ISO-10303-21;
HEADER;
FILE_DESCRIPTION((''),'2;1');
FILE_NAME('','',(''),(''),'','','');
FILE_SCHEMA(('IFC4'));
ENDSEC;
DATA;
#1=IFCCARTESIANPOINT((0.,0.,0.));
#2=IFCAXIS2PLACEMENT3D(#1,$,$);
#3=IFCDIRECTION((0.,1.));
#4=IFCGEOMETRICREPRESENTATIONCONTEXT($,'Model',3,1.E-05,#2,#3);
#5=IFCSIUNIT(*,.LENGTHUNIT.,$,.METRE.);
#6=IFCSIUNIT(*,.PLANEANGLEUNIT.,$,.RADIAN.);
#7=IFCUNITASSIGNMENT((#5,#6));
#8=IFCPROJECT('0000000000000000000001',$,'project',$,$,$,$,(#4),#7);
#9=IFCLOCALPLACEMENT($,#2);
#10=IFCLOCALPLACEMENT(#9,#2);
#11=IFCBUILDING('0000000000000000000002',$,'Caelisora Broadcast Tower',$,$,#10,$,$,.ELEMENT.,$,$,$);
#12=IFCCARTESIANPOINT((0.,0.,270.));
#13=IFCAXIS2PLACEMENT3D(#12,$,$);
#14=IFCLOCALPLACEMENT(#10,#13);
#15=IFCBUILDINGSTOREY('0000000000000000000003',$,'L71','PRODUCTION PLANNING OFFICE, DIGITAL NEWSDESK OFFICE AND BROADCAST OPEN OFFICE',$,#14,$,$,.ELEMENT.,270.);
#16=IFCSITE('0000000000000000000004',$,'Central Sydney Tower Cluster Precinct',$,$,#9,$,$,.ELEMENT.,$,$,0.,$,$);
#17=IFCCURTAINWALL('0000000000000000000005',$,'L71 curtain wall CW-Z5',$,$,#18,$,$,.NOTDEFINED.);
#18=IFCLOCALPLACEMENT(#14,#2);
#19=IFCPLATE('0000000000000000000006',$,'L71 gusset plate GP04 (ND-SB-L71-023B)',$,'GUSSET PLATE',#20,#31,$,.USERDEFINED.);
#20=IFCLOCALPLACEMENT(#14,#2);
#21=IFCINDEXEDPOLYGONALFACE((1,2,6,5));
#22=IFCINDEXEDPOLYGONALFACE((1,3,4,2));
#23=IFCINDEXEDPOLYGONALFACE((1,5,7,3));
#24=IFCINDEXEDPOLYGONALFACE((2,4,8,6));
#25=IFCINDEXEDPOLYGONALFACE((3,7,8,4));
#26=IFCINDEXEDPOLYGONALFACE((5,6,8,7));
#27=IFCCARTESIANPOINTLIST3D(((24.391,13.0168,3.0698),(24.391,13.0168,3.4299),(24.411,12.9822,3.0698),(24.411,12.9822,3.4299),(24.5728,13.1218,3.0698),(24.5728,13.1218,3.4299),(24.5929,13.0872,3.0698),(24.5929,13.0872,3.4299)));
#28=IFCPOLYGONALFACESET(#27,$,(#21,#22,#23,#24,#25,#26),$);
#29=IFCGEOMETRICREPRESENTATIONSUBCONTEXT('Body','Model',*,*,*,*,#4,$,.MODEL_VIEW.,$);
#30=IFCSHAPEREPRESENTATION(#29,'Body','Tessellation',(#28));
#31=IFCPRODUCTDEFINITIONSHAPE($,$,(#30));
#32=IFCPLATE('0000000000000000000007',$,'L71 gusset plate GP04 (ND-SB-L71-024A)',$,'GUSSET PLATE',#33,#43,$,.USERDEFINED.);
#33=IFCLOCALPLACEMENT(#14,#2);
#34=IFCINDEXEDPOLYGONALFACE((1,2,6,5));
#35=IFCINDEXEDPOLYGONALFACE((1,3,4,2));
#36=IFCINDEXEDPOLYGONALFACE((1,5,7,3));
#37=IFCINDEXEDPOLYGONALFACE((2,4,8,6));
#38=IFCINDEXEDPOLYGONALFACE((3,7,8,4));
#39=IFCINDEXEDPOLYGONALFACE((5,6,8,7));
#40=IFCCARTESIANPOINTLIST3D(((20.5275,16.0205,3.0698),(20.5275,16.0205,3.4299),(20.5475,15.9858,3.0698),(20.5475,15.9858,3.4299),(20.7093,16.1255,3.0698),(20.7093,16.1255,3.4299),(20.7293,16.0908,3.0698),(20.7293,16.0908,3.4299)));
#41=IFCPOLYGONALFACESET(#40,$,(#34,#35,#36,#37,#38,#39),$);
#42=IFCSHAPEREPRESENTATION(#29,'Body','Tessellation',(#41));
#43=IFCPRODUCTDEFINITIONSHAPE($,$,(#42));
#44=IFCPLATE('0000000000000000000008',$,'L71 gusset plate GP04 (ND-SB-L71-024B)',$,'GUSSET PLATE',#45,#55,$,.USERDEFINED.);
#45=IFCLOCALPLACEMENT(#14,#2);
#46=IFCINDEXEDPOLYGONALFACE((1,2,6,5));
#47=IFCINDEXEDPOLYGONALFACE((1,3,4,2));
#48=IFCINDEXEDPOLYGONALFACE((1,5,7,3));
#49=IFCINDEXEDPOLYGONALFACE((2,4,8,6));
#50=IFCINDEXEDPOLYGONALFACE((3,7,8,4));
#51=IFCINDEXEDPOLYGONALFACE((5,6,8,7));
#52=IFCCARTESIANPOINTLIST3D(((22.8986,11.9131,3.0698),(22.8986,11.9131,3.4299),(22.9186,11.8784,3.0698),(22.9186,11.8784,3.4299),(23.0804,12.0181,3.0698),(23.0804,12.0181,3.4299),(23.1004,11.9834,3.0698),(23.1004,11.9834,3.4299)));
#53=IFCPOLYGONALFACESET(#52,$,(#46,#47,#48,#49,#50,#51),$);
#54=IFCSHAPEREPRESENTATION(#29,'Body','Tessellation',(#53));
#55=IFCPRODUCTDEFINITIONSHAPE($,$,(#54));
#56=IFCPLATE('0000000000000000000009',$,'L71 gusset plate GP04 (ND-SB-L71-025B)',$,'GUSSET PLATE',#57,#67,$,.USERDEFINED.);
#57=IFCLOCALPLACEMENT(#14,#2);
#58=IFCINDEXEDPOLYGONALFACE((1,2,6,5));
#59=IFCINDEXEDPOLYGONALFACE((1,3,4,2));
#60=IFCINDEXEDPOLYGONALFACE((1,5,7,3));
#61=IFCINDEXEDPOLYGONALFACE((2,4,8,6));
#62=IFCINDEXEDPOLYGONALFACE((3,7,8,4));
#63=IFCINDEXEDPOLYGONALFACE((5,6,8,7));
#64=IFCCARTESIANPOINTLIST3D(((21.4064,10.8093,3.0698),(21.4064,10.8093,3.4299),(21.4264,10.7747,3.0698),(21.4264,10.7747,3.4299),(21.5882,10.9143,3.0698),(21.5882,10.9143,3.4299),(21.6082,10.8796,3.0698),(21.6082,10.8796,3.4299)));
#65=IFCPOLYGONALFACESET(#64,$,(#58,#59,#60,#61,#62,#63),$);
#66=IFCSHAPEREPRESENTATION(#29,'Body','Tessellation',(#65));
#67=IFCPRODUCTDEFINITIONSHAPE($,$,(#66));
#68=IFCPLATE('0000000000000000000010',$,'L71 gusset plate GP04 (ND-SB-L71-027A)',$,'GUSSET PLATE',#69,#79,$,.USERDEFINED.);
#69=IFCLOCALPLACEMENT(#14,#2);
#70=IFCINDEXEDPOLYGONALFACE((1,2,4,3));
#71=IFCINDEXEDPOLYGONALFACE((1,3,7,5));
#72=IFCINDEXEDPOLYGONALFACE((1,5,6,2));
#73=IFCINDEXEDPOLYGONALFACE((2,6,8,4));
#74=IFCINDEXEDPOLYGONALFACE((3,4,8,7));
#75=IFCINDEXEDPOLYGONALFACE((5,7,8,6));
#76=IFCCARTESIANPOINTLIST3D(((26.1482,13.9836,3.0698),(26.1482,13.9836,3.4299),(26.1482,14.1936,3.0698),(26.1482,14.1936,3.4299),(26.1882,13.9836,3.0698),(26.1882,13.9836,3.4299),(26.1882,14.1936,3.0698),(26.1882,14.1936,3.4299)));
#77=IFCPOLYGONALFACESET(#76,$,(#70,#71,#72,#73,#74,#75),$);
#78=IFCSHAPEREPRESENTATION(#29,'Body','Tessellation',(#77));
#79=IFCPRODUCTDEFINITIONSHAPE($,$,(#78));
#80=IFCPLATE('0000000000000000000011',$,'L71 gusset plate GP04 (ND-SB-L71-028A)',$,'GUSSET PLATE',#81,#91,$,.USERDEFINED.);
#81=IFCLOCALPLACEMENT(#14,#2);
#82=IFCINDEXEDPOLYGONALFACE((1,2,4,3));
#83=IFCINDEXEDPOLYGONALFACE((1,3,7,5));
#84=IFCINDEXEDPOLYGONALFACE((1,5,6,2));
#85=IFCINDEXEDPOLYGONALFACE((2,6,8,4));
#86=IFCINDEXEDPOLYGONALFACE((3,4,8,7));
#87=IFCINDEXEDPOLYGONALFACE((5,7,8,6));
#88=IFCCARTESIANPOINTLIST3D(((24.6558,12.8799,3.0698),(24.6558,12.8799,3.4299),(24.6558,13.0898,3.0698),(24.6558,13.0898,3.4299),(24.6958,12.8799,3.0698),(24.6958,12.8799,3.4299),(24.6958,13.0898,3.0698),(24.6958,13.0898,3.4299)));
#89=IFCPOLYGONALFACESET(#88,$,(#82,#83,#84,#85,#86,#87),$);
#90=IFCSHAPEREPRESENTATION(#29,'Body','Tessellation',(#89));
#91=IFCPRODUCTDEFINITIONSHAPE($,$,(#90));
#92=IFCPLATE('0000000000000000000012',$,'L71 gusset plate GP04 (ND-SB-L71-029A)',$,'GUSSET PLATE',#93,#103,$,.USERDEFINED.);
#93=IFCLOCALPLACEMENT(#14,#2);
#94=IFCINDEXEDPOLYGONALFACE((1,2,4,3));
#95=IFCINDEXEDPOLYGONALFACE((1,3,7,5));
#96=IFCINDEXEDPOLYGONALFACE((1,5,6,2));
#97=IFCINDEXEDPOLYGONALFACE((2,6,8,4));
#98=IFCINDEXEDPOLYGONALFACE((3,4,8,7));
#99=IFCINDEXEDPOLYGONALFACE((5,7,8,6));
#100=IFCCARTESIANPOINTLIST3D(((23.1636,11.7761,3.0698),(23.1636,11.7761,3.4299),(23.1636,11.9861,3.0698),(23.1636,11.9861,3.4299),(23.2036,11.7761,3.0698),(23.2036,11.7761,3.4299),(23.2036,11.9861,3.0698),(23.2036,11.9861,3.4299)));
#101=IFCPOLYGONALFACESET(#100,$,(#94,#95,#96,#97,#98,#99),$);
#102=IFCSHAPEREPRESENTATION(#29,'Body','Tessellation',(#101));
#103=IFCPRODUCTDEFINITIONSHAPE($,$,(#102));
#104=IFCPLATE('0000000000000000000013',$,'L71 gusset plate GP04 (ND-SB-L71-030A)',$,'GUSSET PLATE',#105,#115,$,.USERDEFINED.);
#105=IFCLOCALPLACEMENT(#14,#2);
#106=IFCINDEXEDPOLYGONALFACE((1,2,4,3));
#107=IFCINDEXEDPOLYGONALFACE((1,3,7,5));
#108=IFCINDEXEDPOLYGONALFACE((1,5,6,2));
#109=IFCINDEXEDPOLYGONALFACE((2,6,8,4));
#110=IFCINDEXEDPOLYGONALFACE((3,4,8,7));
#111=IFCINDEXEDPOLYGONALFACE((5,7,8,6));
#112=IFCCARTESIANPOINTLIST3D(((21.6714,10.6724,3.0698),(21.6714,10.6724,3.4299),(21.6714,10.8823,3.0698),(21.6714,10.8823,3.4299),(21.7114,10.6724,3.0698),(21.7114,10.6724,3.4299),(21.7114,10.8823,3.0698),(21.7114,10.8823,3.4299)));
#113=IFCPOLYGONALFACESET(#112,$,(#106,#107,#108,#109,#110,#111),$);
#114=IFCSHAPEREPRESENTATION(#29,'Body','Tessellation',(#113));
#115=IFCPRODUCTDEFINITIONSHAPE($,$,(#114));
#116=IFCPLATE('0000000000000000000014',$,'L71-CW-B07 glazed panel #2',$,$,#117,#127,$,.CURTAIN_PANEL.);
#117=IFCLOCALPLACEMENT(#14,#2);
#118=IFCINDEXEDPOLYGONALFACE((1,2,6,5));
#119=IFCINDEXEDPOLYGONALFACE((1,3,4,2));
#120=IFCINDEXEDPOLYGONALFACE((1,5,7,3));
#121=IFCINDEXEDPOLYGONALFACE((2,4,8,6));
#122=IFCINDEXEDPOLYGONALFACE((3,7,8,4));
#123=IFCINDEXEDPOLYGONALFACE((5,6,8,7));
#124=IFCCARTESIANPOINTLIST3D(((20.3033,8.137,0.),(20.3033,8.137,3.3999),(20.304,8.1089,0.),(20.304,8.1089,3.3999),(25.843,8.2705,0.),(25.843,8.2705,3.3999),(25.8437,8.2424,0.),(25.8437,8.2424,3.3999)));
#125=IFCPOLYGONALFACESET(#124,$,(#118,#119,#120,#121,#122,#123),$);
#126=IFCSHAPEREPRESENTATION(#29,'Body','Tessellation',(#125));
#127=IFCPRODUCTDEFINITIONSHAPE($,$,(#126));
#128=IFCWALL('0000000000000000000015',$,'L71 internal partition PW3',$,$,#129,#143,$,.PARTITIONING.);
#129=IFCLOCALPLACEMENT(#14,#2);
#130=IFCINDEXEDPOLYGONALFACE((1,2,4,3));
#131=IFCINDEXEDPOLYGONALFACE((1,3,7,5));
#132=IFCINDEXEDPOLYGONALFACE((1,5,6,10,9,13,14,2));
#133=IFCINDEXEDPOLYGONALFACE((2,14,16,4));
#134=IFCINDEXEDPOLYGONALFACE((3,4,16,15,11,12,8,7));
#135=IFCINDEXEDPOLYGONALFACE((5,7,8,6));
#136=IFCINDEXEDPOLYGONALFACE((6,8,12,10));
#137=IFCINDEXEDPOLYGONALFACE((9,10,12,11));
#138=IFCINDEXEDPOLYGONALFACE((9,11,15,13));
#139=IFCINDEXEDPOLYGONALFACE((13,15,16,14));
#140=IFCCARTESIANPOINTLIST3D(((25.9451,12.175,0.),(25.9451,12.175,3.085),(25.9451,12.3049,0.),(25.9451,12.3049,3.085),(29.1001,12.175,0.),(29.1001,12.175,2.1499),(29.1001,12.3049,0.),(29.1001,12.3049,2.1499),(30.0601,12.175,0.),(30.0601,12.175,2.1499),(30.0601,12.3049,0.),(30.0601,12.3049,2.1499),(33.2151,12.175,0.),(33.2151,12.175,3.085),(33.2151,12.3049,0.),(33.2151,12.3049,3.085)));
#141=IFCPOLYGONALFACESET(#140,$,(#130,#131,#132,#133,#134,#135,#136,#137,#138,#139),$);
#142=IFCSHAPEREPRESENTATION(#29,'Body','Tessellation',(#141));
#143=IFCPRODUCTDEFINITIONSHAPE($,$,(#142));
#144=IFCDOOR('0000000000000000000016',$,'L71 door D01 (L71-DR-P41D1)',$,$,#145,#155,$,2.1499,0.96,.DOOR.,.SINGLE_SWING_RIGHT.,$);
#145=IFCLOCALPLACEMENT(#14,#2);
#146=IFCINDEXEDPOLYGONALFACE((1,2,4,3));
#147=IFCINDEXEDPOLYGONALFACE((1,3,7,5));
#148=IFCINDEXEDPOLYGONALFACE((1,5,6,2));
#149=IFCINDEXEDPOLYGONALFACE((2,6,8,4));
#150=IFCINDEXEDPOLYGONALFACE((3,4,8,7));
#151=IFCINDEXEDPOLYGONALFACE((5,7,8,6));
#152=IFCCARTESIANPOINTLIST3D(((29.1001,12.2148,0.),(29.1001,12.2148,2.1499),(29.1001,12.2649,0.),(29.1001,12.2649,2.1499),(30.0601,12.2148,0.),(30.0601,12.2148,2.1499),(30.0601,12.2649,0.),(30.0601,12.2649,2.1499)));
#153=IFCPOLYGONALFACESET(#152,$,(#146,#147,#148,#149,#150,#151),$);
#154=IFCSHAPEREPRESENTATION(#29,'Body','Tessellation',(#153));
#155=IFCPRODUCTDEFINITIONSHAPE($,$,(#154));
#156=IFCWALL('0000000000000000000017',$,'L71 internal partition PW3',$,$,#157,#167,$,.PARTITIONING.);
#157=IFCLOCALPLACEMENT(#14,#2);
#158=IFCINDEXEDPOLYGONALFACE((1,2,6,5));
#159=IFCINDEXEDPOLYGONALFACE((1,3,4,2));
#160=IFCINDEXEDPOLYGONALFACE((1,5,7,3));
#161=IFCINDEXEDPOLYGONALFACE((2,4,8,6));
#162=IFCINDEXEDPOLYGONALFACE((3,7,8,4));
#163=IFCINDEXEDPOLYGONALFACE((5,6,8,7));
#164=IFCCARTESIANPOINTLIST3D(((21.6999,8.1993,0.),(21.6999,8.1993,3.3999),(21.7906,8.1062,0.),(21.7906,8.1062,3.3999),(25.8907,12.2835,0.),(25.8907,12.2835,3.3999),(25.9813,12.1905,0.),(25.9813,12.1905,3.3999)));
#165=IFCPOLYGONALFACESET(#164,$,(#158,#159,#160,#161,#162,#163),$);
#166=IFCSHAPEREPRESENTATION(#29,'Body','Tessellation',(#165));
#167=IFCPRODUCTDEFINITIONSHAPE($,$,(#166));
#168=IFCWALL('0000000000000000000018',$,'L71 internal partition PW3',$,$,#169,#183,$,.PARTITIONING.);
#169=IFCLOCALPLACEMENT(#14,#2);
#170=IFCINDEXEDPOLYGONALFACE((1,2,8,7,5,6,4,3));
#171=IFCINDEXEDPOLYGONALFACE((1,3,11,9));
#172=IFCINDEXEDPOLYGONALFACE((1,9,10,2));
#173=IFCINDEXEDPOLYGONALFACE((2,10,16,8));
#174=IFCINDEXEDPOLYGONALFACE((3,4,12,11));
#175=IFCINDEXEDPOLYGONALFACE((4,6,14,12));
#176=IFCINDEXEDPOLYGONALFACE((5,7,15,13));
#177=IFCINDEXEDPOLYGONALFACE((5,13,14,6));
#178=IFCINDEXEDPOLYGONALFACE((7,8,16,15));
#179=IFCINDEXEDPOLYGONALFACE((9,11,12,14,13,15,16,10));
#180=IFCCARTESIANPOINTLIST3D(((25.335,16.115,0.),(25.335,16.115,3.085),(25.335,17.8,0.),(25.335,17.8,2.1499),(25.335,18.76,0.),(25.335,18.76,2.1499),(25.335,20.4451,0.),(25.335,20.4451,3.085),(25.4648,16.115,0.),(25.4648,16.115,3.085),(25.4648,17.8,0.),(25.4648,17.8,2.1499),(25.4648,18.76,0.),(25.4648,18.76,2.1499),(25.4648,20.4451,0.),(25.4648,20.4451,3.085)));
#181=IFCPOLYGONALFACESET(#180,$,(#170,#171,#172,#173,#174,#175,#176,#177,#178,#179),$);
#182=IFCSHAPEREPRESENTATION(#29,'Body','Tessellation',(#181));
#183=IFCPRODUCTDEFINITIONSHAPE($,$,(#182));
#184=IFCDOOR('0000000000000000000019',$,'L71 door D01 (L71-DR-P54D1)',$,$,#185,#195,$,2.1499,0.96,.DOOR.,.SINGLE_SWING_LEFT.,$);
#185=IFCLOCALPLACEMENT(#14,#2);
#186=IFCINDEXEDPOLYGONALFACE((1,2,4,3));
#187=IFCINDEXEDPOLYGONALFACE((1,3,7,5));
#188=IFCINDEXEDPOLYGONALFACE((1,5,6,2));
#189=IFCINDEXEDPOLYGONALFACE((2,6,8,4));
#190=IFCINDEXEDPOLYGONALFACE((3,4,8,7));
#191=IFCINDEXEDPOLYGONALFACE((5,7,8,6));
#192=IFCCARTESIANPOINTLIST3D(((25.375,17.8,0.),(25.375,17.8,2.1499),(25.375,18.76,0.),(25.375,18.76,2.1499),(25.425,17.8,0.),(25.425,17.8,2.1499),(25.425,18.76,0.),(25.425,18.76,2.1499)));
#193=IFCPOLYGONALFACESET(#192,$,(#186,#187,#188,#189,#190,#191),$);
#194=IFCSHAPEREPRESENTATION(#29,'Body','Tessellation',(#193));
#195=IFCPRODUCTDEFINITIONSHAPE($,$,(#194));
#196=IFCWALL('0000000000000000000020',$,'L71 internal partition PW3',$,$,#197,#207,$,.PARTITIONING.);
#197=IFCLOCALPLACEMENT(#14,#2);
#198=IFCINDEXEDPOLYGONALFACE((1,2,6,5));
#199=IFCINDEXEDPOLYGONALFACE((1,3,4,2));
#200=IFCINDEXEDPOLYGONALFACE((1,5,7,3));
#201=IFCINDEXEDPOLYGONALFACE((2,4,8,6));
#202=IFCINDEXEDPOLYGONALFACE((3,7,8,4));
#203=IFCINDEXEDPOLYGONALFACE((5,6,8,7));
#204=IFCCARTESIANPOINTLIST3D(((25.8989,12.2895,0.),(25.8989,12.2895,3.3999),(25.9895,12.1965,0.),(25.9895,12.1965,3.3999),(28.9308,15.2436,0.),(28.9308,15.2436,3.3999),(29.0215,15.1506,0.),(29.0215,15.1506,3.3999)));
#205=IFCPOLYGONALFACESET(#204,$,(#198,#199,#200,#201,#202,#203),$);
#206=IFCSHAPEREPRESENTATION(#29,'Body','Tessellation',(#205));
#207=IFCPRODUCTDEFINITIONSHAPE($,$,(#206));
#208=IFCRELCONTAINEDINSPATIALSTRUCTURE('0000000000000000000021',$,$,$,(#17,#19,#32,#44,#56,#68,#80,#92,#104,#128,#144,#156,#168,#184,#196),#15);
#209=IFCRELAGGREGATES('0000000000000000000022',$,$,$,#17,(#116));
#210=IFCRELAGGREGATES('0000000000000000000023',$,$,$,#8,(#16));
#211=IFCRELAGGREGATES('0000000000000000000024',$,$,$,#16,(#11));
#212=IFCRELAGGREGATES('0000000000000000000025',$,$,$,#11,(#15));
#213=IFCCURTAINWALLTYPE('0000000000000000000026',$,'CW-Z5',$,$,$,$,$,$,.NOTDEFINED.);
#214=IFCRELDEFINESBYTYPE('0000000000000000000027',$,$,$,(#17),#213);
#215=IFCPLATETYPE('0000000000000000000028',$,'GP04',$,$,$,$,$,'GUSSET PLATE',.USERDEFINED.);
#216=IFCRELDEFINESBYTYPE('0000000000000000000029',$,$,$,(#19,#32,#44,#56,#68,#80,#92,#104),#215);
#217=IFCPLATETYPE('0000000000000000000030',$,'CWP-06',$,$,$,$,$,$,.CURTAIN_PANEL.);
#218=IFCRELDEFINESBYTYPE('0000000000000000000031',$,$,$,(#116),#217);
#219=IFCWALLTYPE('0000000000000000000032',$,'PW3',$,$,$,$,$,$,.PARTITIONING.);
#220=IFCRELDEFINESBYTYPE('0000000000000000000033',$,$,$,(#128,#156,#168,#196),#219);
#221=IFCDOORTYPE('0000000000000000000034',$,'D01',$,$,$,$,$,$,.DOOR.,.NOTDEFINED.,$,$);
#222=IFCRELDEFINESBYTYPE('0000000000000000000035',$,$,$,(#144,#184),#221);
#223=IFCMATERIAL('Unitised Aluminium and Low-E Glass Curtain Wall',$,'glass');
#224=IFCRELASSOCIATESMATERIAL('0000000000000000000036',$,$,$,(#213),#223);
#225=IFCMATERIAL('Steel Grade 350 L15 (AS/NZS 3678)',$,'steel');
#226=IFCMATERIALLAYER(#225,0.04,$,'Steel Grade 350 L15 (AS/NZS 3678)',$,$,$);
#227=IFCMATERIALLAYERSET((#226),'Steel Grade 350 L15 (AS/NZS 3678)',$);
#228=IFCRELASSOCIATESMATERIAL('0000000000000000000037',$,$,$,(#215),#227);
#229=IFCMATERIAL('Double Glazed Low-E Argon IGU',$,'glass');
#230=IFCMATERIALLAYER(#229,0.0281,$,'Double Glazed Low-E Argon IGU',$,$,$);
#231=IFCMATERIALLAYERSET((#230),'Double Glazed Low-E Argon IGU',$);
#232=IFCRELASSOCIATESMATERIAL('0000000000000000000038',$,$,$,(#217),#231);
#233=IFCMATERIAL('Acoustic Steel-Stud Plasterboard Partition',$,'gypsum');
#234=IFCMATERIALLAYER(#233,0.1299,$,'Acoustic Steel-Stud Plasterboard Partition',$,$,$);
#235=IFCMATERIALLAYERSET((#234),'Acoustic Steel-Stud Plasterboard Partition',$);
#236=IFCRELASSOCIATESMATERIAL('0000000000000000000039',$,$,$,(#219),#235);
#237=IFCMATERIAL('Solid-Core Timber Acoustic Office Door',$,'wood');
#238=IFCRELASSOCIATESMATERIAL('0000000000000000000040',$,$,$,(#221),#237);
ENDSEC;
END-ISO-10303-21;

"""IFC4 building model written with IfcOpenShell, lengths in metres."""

from ifc_helpers import new_model, si_unit, direction, frame, frame_2d, origin, origin_2d, place, context, subcontext, project, spatial, rectangle, extrude, source, transform, mapped, material, layer, layer_set, type_object, type_shapes, element, fill, aggregate, save


model = new_model("IFC4")

# Units and contexts
model_context = context("Model", 3, precision=1e-05, world=origin(), true_north=direction((0.0, 1.0)))
body_context = subcontext(model_context, "Body", "Model", "MODEL_VIEW")
ifc_project = project(units=[si_unit("LENGTHUNIT", "METRE"), si_unit("PLANEANGLEUNIT", "RADIAN")], contexts=[model_context])

# Site, building, storey
site_placement = place(None, origin())
site = spatial("IfcSite", under=ifc_project, at=site_placement, Name="Central Sydney Tower Cluster Precinct", CompositionType="ELEMENT", RefElevation=0.0)
building_placement = place(site_placement, origin())
building = spatial("IfcBuilding", under=site, at=building_placement, Name="Caelisora Broadcast Tower", CompositionType="ELEMENT")
storey_placement = place(building_placement, frame((0.0, 0.0, 270.0)))
storey = spatial("IfcBuildingStorey", under=building, at=storey_placement, Name="L71", Description="PRODUCTION PLANNING OFFICE, DIGITAL NEWSDESK OFFICE AND BROADCAST OPEN OFFICE", CompositionType="ELEMENT", Elevation=270.0)

# Curtain wall
ifc_material_1 = material(Name="Unitised Aluminium and Low-E Glass Curtain Wall", Category="glass")
curtain_wall_type = type_object("IfcCurtainWallType", Name="CW-Z5", PredefinedType="NOTDEFINED", material=ifc_material_1)
curtain_wall_placement = place(storey_placement, origin())
curtain_wall = element("IfcCurtainWall", 1, at=curtain_wall_placement, inside=storey, type_object=curtain_wall_type, Name="L71 curtain wall CW-Z5", PredefinedType="NOTDEFINED")

# Plates
ifc_material_2 = material(Name="Steel Grade 350 L15 (AS/NZS 3678)", Category="steel")
ifc_layer_1 = layer(ifc_material_2, 0.04, Name="Steel Grade 350 L15 (AS/NZS 3678)")
ifc_layer_set_1 = layer_set([ifc_layer_1], Name="Steel Grade 350 L15 (AS/NZS 3678)")
plate_type_1 = type_object("IfcPlateType", Name="GP04", ElementType="GUSSET PLATE", PredefinedType="USERDEFINED", material=ifc_layer_set_1)
shared_shape_1 = source(origin(), body_context, "Body", "SweptSolid", [
    extrude(rectangle(XDim=0.21, YDim=0.04, at=origin_2d()), origin(), (0.0, 0.0, 1.0), 0.3601),
])
type_shapes(plate_type_1, [shared_shape_1])
for number, where, z_axis, x_axis, name in (
    (2, (24.4919, 13.052, 3.0698), (0.0, 0.0, 1.0), (0.866025, 0.5, 0.0), "L71 gusset plate GP04 (ND-SB-L71-023B)"),
    (3, (20.6284, 16.0557, 3.0698), (0.0, 0.0, 1.0), (0.866025, 0.5, 0.0), "L71 gusset plate GP04 (ND-SB-L71-024A)"),
    (4, (22.9995, 11.9482, 3.0698), (0.0, 0.0, 1.0), (0.866025, 0.5, 0.0), "L71 gusset plate GP04 (ND-SB-L71-024B)"),
    (5, (21.5073, 10.8445, 3.0698), (0.0, 0.0, 1.0), (0.866025, 0.5, 0.0), "L71 gusset plate GP04 (ND-SB-L71-025B)"),
    (6, (26.1682, 14.0886, 3.0698), (0.0, 0.0, 1.0), (0.0, 1.0, 0.0), "L71 gusset plate GP04 (ND-SB-L71-027A)"),
    (7, (24.6758, 12.9849, 3.0698), (0.0, 0.0, 1.0), (0.0, 1.0, 0.0), "L71 gusset plate GP04 (ND-SB-L71-028A)"),
    (8, (23.1836, 11.8811, 3.0698), (0.0, 0.0, 1.0), (0.0, 1.0, 0.0), "L71 gusset plate GP04 (ND-SB-L71-029A)"),
    (9, (21.6914, 10.7773, 3.0698), (0.0, 0.0, 1.0), (0.0, 1.0, 0.0), "L71 gusset plate GP04 (ND-SB-L71-030A)"),
):
    element("IfcPlate", number, at=place(storey_placement, frame(where, z_axis=z_axis, x_axis=x_axis)), inside=storey, type_object=plate_type_1, Name=name, ObjectType="GUSSET PLATE", PredefinedType="USERDEFINED", context=body_context, shape_type="MappedRepresentation", body=[
        mapped(shared_shape_1, transform((0.0, 0.0, 0.0), scale=1.0)),
    ])

# Plate
ifc_material_3 = material(Name="Double Glazed Low-E Argon IGU", Category="glass")
ifc_layer_2 = layer(ifc_material_3, 0.0281, Name="Double Glazed Low-E Argon IGU")
ifc_layer_set_2 = layer_set([ifc_layer_2], Name="Double Glazed Low-E Argon IGU")
plate_type_2 = type_object("IfcPlateType", Name="CWP-06", PredefinedType="CURTAIN_PANEL", material=ifc_layer_set_2)
shared_shape_2 = source(origin(), body_context, "Body", "SweptSolid", [
    extrude(rectangle(XDim=5.5413, YDim=0.0281, at=origin_2d()), origin(), (0.0, 0.0, 1.0), 3.3999),
])
type_shapes(plate_type_2, [shared_shape_2])
plate_placement = place(storey_placement, frame((23.0735, 8.1897, 0.0), z_axis=(0.0, 0.0, 1.0), x_axis=(-0.99971, -0.024083, 0.0)))
plate = element("IfcPlate", 10, at=plate_placement, type_object=plate_type_2, Name="L71-CW-B07 glazed panel #2", PredefinedType="CURTAIN_PANEL", context=body_context, shape_type="MappedRepresentation", body=[
    mapped(shared_shape_2, transform((0.0, 0.0, 0.0), scale=1.0)),
])
aggregate(curtain_wall, [plate])

# Wall, opening, door
ifc_material_4 = material(Name="Acoustic Steel-Stud Plasterboard Partition", Category="gypsum")
ifc_layer_3 = layer(ifc_material_4, 0.1299, Name="Acoustic Steel-Stud Plasterboard Partition")
ifc_layer_set_3 = layer_set([ifc_layer_3], Name="Acoustic Steel-Stud Plasterboard Partition")
wall_type = type_object("IfcWallType", Name="PW3", PredefinedType="PARTITIONING", material=ifc_layer_set_3)
wall_1_placement = place(storey_placement, frame((25.9451, 12.24, 0.0), z_axis=(0.0, 0.0, 1.0), x_axis=(1.0, 0.0, 0.0)))
wall_1 = element("IfcWall", 11, at=wall_1_placement, inside=storey, type_object=wall_type, Name="L71 internal partition PW3", PredefinedType="PARTITIONING", context=body_context, shape_type="SweptSolid", body=[
    extrude(rectangle(XDim=7.27, YDim=0.1299, at=frame_2d((3.635, 0.0))), origin(), (0.0, 0.0, 1.0), 3.085),
])
opening_1_placement = place(wall_1_placement, frame((3.155, 0.0, 0.0)))
opening_1 = element("IfcOpeningElement", 12, at=opening_1_placement, cuts=wall_1, PredefinedType="OPENING", context=body_context, shape_type="SweptSolid", body=[
    extrude(rectangle(XDim=0.96, YDim=2.1499, at=frame_2d((0.48, 1.075))), frame((0.0, 0.0769, 0.0), z_axis=(0.0, -1.0, 0.0), x_axis=(1.0, 0.0, 0.0)), (0.0, 0.0, 1.0), 0.1538),
])
ifc_material_5 = material(Name="Solid-Core Timber Acoustic Office Door", Category="wood")
door_type = type_object("IfcDoorType", Name="D01", OperationType="NOTDEFINED", PredefinedType="DOOR", material=ifc_material_5)
door_1_placement = place(opening_1_placement, origin())
door_1 = element("IfcDoor", 13, at=door_1_placement, inside=storey, type_object=door_type, Name="L71 door D01 (L71-DR-P41D1)", OperationType="SINGLE_SWING_RIGHT", OverallHeight=2.1499, OverallWidth=0.96, PredefinedType="DOOR", context=body_context, shape_type="SweptSolid", body=[
    extrude(rectangle(XDim=0.96, YDim=2.1499, at=frame_2d((0.48, 1.075))), frame((0.0, 0.0249, 0.0), z_axis=(0.0, -1.0, 0.0), x_axis=(1.0, 0.0, 0.0)), (0.0, 0.0, 1.0), 0.05),
])
fill(opening_1, door_1)

# Wall
wall_2_placement = place(storey_placement, frame((21.7454, 8.1528, 0.0), z_axis=(0.0, 0.0, 1.0), x_axis=(0.716143, 0.697953, 0.0)))
element("IfcWall", 14, at=wall_2_placement, inside=storey, type_object=wall_type, Name="L71 internal partition PW3", PredefinedType="PARTITIONING", context=body_context, shape_type="SweptSolid", body=[
    extrude(rectangle(XDim=5.8518, YDim=0.1299, at=frame_2d((2.9258, 0.0))), origin(), (0.0, 0.0, 1.0), 3.3999),
])

# Wall, opening, door
wall_3_placement = place(storey_placement, frame((25.3999, 16.115, 0.0), z_axis=(0.0, 0.0, 1.0), x_axis=(0.0, 1.0, 0.0)))
wall_3 = element("IfcWall", 15, at=wall_3_placement, inside=storey, type_object=wall_type, Name="L71 internal partition PW3", PredefinedType="PARTITIONING", context=body_context, shape_type="SweptSolid", body=[
    extrude(rectangle(XDim=4.3301, YDim=0.1299, at=frame_2d((2.165, 0.0))), origin(), (0.0, 0.0, 1.0), 3.085),
])
opening_2_placement = place(wall_3_placement, frame((1.6851, 0.0, 0.0)))
opening_2 = element("IfcOpeningElement", 16, at=opening_2_placement, cuts=wall_3, PredefinedType="OPENING", context=body_context, shape_type="SweptSolid", body=[
    extrude(rectangle(XDim=0.96, YDim=2.1499, at=frame_2d((0.48, 1.075))), frame((0.0, 0.0769, 0.0), z_axis=(0.0, -1.0, 0.0), x_axis=(1.0, 0.0, 0.0)), (0.0, 0.0, 1.0), 0.1538),
])
door_2_placement = place(opening_2_placement, origin())
door_2 = element("IfcDoor", 17, at=door_2_placement, inside=storey, type_object=door_type, Name="L71 door D01 (L71-DR-P54D1)", OperationType="SINGLE_SWING_LEFT", OverallHeight=2.1499, OverallWidth=0.96, PredefinedType="DOOR", context=body_context, shape_type="SweptSolid", body=[
    extrude(rectangle(XDim=0.96, YDim=2.1499, at=frame_2d((0.48, 1.075))), frame((0.0, 0.0249, 0.0), z_axis=(0.0, -1.0, 0.0), x_axis=(1.0, 0.0, 0.0)), (0.0, 0.0, 1.0), 0.05),
])
fill(opening_2, door_2)

# Wall
wall_4_placement = place(storey_placement, frame((25.9441, 12.2429, 0.0), z_axis=(0.0, 0.0, 1.0), x_axis=(0.716246, 0.697848, 0.0)))
element("IfcWall", 18, at=wall_4_placement, inside=storey, type_object=wall_type, Name="L71 internal partition PW3", PredefinedType="PARTITIONING", context=body_context, shape_type="SweptSolid", body=[
    extrude(rectangle(XDim=4.2332, YDim=0.1299, at=frame_2d((2.1167, 0.0))), origin(), (0.0, 0.0, 1.0), 3.3999),
])

save(model, "model.ifc")
